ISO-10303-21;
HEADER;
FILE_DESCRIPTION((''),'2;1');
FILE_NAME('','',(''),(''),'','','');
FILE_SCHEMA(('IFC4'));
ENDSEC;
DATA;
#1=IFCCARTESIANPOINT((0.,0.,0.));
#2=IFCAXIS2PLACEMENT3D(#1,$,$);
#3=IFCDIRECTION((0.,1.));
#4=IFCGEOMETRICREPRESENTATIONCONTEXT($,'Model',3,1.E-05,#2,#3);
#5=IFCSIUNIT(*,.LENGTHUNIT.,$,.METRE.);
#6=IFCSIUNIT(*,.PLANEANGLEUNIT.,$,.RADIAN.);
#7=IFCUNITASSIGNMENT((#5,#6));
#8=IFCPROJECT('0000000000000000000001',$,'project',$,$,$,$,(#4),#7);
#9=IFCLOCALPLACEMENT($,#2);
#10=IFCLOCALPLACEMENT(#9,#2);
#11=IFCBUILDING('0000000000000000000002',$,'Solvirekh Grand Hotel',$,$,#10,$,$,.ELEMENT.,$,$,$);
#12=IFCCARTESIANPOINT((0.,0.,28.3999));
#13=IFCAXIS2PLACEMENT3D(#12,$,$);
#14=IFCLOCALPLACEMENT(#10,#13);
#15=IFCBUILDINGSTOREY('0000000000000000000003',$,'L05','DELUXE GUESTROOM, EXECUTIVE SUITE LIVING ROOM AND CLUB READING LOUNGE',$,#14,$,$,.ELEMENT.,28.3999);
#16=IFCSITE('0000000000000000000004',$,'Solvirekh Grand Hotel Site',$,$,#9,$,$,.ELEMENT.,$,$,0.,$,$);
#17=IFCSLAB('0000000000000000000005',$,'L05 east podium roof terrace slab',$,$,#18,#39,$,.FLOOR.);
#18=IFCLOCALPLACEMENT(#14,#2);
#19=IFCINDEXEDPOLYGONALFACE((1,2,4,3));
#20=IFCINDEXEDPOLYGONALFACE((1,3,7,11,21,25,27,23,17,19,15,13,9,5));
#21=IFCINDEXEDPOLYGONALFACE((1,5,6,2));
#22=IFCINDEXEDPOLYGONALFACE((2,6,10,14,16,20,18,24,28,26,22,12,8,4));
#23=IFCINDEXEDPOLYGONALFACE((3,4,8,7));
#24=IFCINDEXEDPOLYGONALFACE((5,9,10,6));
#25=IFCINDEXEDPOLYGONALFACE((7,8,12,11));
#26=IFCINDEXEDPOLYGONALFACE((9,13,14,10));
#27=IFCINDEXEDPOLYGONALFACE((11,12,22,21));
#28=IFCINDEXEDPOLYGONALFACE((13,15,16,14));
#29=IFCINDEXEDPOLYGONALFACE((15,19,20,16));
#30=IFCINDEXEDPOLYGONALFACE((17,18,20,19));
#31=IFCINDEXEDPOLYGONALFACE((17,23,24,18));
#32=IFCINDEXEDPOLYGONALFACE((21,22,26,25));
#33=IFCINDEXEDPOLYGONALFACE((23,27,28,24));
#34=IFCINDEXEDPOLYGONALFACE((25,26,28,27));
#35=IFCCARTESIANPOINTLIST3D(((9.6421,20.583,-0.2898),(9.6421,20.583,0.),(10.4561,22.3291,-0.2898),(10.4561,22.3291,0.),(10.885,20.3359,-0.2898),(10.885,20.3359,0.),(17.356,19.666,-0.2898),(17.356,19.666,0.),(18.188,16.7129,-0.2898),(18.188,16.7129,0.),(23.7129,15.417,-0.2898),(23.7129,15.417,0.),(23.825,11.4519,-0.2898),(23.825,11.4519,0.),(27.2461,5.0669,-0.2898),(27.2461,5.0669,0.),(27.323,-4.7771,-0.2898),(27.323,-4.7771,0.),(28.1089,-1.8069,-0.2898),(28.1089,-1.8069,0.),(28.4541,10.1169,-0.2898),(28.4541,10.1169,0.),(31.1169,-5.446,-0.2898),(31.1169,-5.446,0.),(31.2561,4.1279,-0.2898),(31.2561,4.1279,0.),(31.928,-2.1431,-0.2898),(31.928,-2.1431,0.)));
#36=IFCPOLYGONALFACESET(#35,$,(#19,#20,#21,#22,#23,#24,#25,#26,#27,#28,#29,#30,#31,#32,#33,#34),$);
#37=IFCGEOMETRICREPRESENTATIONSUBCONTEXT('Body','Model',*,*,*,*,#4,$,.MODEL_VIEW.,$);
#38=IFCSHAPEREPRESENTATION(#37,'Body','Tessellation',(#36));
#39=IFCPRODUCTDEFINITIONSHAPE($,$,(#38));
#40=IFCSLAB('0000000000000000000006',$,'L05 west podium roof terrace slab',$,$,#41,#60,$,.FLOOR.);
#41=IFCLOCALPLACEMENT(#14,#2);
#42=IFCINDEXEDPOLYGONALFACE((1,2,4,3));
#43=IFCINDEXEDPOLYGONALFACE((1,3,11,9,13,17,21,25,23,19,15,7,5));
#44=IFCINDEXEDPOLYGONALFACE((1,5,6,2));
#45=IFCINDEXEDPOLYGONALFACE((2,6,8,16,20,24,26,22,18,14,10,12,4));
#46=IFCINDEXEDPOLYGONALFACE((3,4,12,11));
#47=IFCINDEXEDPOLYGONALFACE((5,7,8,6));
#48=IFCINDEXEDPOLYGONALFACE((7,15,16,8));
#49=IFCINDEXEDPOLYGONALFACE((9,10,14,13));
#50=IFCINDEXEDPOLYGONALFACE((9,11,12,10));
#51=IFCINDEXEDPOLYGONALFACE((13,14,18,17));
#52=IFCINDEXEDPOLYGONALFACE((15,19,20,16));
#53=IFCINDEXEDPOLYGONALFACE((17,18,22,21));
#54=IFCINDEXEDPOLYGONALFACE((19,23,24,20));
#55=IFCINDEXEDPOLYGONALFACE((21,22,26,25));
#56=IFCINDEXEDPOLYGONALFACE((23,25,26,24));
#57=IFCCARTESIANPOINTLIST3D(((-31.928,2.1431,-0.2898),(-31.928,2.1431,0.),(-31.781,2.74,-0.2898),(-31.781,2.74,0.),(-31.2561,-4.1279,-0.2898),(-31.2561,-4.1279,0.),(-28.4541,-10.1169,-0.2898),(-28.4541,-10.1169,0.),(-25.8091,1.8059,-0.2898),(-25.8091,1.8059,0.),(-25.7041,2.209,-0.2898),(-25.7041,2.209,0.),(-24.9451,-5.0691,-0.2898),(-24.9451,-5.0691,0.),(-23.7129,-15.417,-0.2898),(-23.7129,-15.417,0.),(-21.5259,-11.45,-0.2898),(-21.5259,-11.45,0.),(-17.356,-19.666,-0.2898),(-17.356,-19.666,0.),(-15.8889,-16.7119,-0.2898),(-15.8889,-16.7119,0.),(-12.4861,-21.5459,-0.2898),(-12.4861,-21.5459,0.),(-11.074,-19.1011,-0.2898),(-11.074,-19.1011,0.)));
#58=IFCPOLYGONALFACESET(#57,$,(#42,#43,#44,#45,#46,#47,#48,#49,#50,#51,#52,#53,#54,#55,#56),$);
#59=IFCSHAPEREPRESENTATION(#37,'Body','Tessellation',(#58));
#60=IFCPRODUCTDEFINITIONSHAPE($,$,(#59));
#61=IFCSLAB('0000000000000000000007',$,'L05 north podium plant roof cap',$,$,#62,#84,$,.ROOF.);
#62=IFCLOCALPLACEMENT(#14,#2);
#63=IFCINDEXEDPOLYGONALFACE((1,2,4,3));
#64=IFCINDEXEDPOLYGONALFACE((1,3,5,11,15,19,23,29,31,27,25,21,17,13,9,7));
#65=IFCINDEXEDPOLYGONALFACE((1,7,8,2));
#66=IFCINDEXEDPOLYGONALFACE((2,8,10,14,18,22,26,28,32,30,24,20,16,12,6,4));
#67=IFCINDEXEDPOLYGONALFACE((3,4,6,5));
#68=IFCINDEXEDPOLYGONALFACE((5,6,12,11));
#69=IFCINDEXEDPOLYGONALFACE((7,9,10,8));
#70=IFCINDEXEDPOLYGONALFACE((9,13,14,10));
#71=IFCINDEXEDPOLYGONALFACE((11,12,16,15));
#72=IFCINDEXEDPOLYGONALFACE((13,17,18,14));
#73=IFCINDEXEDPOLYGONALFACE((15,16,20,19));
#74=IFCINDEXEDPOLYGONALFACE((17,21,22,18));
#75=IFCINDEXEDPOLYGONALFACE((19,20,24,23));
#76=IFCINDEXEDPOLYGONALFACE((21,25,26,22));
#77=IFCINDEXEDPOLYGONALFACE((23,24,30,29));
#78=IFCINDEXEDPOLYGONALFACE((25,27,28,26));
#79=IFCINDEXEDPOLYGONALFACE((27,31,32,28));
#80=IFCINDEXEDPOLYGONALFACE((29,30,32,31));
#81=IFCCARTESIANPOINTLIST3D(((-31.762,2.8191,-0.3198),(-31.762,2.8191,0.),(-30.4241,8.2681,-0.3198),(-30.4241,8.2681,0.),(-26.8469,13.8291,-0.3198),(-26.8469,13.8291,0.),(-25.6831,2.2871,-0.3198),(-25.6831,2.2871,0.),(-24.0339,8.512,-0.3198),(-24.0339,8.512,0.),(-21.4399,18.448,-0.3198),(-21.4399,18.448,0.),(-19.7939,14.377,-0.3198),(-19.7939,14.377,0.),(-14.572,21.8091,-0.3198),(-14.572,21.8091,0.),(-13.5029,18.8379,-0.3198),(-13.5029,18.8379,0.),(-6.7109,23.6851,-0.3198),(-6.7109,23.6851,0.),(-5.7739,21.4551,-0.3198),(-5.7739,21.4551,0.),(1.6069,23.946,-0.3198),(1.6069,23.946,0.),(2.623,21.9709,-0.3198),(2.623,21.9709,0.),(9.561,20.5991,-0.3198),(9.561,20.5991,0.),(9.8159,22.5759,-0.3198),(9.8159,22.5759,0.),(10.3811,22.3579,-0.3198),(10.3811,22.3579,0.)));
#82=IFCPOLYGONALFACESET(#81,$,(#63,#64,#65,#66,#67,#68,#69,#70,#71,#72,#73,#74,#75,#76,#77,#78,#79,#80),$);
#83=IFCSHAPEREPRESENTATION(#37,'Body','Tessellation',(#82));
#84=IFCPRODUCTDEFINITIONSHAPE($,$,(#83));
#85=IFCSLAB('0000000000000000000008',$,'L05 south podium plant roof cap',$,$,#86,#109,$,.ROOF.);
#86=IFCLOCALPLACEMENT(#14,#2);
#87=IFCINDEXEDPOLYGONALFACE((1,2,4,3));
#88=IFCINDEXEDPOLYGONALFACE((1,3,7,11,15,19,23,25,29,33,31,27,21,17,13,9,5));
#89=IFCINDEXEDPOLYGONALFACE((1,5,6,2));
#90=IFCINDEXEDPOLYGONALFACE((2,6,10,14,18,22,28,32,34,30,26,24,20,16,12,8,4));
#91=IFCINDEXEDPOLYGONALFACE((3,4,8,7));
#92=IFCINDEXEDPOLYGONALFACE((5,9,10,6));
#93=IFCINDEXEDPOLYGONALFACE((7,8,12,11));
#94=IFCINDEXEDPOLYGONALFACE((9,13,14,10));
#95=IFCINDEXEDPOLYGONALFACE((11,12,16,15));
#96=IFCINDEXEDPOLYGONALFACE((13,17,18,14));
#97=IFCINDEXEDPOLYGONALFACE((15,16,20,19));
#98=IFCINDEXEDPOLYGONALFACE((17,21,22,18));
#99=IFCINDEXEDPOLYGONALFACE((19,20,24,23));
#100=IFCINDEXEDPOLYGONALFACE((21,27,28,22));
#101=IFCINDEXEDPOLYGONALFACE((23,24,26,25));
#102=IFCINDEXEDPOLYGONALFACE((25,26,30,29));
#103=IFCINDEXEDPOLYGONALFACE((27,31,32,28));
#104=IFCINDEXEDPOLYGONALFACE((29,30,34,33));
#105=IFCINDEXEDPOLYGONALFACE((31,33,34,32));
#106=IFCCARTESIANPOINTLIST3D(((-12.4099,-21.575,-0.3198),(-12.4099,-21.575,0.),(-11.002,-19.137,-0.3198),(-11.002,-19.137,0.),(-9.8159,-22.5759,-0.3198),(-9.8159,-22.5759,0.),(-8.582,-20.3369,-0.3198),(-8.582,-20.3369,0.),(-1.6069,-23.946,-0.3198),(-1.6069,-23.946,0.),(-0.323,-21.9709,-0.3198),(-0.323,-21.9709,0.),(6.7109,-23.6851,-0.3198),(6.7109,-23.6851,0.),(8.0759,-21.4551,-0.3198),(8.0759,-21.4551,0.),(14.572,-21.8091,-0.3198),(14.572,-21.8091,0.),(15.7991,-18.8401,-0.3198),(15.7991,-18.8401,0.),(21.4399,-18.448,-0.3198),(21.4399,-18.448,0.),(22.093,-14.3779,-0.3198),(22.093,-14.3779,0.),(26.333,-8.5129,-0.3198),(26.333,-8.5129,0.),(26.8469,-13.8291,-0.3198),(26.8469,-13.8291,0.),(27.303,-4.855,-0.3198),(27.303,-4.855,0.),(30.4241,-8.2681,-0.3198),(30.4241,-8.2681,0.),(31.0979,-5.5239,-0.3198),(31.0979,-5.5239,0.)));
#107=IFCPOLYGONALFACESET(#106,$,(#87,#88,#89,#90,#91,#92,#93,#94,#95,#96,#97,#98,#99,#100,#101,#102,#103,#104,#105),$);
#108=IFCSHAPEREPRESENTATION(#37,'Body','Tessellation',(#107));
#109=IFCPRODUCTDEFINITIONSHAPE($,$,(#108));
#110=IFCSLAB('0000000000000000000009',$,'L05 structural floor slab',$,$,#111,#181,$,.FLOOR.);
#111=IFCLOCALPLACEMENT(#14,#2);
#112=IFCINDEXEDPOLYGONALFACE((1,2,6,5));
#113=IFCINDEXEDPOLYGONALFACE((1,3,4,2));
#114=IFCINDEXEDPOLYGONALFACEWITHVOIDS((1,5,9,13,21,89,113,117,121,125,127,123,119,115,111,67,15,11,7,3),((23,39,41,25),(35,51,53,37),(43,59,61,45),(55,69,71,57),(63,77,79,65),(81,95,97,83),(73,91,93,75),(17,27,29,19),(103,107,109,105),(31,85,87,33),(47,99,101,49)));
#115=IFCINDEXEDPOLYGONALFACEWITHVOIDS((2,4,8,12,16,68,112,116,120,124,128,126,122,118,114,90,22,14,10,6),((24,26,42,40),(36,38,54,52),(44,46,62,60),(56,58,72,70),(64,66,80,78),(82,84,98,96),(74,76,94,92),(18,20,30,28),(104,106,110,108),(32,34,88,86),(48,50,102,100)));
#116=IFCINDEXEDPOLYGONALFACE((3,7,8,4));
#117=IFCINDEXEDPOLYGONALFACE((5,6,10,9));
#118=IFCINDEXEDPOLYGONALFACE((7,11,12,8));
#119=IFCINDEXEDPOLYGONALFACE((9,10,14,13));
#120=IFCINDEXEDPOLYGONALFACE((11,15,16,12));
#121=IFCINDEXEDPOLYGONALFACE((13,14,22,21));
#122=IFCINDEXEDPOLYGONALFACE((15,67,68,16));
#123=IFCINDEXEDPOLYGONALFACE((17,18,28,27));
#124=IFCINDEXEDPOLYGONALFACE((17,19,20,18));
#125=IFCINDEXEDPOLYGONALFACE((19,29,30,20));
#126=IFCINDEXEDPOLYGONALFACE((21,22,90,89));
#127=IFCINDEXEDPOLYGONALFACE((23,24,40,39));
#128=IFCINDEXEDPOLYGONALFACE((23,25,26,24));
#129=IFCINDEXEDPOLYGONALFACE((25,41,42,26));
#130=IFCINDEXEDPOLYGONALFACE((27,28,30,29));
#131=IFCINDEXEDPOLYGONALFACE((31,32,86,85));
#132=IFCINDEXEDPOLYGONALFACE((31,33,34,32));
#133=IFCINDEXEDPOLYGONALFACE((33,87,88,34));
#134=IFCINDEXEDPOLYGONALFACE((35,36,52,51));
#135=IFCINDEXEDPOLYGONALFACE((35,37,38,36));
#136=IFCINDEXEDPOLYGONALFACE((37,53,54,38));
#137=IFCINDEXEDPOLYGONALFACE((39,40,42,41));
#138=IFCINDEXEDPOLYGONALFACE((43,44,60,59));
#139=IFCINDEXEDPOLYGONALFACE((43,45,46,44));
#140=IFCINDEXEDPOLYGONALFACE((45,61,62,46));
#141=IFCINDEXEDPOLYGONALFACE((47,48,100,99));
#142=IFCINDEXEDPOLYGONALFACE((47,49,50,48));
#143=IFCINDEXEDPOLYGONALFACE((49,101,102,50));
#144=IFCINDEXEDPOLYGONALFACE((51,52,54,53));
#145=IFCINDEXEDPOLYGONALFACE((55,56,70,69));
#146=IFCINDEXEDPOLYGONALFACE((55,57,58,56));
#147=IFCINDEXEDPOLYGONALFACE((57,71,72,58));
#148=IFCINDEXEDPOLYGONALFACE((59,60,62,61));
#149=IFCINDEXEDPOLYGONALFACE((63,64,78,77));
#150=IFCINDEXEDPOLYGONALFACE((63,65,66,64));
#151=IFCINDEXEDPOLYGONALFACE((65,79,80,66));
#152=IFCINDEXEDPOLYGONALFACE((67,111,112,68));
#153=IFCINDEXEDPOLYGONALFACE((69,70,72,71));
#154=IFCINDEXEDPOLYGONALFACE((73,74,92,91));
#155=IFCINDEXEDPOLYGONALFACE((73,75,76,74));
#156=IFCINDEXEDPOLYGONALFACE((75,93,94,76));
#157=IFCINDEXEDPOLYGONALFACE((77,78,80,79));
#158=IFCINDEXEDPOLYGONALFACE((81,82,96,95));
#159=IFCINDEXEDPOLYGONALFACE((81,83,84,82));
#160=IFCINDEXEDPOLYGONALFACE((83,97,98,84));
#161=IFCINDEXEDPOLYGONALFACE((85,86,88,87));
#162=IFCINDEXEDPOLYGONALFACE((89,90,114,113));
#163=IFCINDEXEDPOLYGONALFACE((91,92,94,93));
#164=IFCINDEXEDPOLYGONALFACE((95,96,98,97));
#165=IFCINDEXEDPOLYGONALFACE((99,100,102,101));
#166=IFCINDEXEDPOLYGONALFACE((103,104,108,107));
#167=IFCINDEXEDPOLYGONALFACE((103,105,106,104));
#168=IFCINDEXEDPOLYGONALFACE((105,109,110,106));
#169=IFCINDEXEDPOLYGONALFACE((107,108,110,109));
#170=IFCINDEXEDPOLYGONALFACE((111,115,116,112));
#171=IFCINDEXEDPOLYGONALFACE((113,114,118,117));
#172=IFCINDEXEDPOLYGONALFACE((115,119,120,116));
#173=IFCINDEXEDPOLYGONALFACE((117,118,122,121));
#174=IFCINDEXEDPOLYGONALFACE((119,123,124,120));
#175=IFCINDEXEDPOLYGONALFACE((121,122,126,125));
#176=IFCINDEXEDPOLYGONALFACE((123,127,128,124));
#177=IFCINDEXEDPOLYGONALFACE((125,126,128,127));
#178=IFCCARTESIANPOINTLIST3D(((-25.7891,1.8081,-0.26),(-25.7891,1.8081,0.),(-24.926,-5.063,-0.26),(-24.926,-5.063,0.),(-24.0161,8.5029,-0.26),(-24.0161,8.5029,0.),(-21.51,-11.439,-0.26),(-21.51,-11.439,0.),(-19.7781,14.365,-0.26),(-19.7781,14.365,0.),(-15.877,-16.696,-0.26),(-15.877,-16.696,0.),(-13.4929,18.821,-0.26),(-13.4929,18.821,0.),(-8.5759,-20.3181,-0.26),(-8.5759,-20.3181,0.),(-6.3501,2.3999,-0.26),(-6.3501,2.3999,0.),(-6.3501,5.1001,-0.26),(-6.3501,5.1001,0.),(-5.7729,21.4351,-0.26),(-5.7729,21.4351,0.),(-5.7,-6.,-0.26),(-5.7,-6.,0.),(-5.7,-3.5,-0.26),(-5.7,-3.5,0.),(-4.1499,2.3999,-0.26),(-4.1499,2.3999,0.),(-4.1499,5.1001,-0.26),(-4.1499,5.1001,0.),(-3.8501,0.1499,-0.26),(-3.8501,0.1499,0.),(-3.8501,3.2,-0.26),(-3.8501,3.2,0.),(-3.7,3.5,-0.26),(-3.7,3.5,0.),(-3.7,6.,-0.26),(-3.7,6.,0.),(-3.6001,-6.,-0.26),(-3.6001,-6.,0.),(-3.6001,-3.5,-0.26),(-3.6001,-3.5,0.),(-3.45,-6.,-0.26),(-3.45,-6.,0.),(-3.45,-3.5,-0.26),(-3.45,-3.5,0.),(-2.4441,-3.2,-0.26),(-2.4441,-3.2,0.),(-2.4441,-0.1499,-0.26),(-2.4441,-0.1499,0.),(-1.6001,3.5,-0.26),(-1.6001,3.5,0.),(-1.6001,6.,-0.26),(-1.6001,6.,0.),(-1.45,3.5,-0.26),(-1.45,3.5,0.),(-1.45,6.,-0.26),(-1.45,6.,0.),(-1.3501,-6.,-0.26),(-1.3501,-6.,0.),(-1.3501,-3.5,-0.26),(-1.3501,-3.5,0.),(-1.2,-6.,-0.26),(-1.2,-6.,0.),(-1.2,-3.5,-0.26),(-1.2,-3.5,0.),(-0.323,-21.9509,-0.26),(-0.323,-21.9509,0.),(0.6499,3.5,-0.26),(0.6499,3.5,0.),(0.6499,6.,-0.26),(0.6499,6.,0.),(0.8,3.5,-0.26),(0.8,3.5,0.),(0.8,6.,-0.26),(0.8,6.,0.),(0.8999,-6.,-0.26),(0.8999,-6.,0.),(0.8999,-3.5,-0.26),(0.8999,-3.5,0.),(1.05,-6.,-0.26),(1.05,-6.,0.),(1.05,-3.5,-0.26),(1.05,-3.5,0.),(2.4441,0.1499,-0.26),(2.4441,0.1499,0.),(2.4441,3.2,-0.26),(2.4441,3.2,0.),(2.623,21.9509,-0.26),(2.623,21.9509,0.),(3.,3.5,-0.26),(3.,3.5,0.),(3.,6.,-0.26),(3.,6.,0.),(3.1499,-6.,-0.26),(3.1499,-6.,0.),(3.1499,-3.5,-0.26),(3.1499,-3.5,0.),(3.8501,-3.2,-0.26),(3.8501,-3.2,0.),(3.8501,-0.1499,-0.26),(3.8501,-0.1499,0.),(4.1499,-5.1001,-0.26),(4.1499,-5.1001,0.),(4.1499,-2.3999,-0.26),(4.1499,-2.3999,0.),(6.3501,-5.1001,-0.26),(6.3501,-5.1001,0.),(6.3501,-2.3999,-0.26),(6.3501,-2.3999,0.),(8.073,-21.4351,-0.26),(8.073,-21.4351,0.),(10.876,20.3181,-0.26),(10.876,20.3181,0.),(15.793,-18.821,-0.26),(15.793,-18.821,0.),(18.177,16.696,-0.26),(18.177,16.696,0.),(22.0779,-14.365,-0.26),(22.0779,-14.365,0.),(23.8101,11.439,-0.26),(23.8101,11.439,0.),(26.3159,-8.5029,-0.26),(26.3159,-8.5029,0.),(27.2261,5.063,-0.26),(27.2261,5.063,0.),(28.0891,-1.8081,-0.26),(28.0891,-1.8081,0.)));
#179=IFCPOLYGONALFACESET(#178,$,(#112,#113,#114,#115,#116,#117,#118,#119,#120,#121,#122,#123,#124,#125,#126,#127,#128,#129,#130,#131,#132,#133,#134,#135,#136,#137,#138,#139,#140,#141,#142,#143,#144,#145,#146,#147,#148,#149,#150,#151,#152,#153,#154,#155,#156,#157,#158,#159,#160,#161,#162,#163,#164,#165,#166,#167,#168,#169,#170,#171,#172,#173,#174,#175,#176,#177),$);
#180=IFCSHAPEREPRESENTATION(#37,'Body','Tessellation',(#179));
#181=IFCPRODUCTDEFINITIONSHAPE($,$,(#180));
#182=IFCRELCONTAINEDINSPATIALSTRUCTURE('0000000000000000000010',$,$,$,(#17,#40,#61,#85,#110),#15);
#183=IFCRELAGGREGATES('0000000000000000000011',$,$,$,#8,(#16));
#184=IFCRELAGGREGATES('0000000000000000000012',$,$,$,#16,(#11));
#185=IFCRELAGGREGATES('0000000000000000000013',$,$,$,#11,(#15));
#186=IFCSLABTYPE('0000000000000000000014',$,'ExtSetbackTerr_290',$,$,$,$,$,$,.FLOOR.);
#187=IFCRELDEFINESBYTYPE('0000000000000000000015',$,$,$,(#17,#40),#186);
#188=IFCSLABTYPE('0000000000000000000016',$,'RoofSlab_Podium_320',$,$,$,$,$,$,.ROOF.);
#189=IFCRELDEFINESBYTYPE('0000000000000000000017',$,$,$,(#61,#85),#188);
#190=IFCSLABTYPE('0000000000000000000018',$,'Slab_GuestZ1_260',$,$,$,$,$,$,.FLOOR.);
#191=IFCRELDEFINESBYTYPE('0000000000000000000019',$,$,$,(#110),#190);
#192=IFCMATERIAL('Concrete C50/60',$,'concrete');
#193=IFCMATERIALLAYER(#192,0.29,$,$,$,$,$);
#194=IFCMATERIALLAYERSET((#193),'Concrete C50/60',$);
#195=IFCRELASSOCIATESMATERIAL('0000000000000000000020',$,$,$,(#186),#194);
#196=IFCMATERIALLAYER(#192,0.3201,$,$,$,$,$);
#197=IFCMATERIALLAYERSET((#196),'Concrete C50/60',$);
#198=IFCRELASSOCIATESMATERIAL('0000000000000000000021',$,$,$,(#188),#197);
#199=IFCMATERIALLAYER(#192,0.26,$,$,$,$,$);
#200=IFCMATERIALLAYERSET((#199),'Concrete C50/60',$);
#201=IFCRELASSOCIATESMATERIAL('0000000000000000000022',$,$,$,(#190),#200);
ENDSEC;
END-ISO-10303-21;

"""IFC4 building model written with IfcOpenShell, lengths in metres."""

from ifc_helpers import new_model, si_unit, direction, frame, origin, place, context, subcontext, project, spatial, polyline, outline, extrude, material, layer, layer_set, type_object, element, save


model = new_model("IFC4")

# Units and contexts
model_context = context("Model", 3, precision=1e-05, world=origin(), true_north=direction((0.0, 1.0)))
body_context = subcontext(model_context, "Body", "Model", "MODEL_VIEW")
ifc_project = project(units=[si_unit("LENGTHUNIT", "METRE"), si_unit("PLANEANGLEUNIT", "RADIAN")], contexts=[model_context])

# Site, building, storey
site_placement = place(None, origin())
site = spatial("IfcSite", under=ifc_project, at=site_placement, Name="Solvirekh Grand Hotel Site", CompositionType="ELEMENT", RefElevation=0.0)
building_placement = place(site_placement, origin())
building = spatial("IfcBuilding", under=site, at=building_placement, Name="Solvirekh Grand Hotel", CompositionType="ELEMENT")
storey_placement = place(building_placement, frame((0.0, 0.0, 28.3999)))
storey = spatial("IfcBuildingStorey", under=building, at=storey_placement, Name="L05", Description="DELUXE GUESTROOM, EXECUTIVE SUITE LIVING ROOM AND CLUB READING LOUNGE", CompositionType="ELEMENT", Elevation=28.3999)

# Slabs
ifc_material_1 = material(Name="Concrete C50/60", Category="concrete")
ifc_layer_1 = layer(ifc_material_1, 0.29)
ifc_layer_set_1 = layer_set([ifc_layer_1], Name="Concrete C50/60")
slab_type_1 = type_object("IfcSlabType", Name="ExtSetbackTerr_290", PredefinedType="FLOOR", material=ifc_layer_set_1)
slab_1_placement = place(storey_placement, frame((0.0, 0.0, -0.2898)))
element("IfcSlab", 1, at=slab_1_placement, inside=storey, type_object=slab_type_1, Name="L05 east podium roof terrace slab", PredefinedType="FLOOR", context=body_context, shape_type="SweptSolid", body=[
    extrude(outline(polyline([(10.4561, 22.3291), (9.6421, 20.583), (10.885, 20.3359), (18.188, 16.7129), (23.825, 11.4519), (27.2461, 5.0669), (28.1089, -1.8069), (27.323, -4.7771), (31.1169, -5.446), (31.928, -2.1431), (31.2561, 4.1279), (28.4541, 10.1169), (23.7129, 15.417), (17.356, 19.666), (10.4561, 22.3291)])), origin(), (0.0, 0.0, 1.0), 0.2898),
])
slab_2_placement = place(storey_placement, frame((0.0, 0.0, -0.2898)))
element("IfcSlab", 2, at=slab_2_placement, inside=storey, type_object=slab_type_1, Name="L05 west podium roof terrace slab", PredefinedType="FLOOR", context=body_context, shape_type="SweptSolid", body=[
    extrude(outline(polyline([(-12.4861, -21.5459), (-11.074, -19.1011), (-15.8889, -16.7119), (-21.5259, -11.45), (-24.9451, -5.0691), (-25.8091, 1.8059), (-25.7041, 2.209), (-31.781, 2.74), (-31.928, 2.1431), (-31.2561, -4.1279), (-28.4541, -10.1169), (-23.7129, -15.417), (-17.356, -19.666), (-12.4861, -21.5459)])), origin(), (0.0, 0.0, 1.0), 0.2898),
])
ifc_layer_2 = layer(ifc_material_1, 0.3201)
ifc_layer_set_2 = layer_set([ifc_layer_2], Name="Concrete C50/60")
slab_type_2 = type_object("IfcSlabType", Name="RoofSlab_Podium_320", PredefinedType="ROOF", material=ifc_layer_set_2)
slab_3_placement = place(storey_placement, frame((0.0, 0.0, -0.3198)))
element("IfcSlab", 3, at=slab_3_placement, inside=storey, type_object=slab_type_2, Name="L05 north podium plant roof cap", PredefinedType="ROOF", context=body_context, shape_type="SweptSolid", body=[
    extrude(outline(polyline([(-31.762, 2.8191), (-25.6831, 2.2871), (-24.0339, 8.512), (-19.7939, 14.377), (-13.5029, 18.8379), (-5.7739, 21.4551), (2.623, 21.9709), (9.561, 20.5991), (10.3811, 22.3579), (9.8159, 22.5759), (1.6069, 23.946), (-6.7109, 23.6851), (-14.572, 21.8091), (-21.4399, 18.448), (-26.8469, 13.8291), (-30.4241, 8.2681), (-31.762, 2.8191)])), origin(), (0.0, 0.0, 1.0), 0.3198),
])
slab_4_placement = place(storey_placement, frame((0.0, 0.0, -0.3198)))
element("IfcSlab", 4, at=slab_4_placement, inside=storey, type_object=slab_type_2, Name="L05 south podium plant roof cap", PredefinedType="ROOF", context=body_context, shape_type="SweptSolid", body=[
    extrude(outline(polyline([(30.4241, -8.2681), (31.0979, -5.5239), (27.303, -4.855), (26.333, -8.5129), (22.093, -14.3779), (15.7991, -18.8401), (8.0759, -21.4551), (-0.323, -21.9709), (-8.582, -20.3369), (-11.002, -19.137), (-12.4099, -21.575), (-9.8159, -22.5759), (-1.6069, -23.946), (6.7109, -23.6851), (14.572, -21.8091), (21.4399, -18.448), (26.8469, -13.8291), (30.4241, -8.2681)])), origin(), (0.0, 0.0, 1.0), 0.3198),
])
ifc_layer_3 = layer(ifc_material_1, 0.26)
ifc_layer_set_3 = layer_set([ifc_layer_3], Name="Concrete C50/60")
slab_type_3 = type_object("IfcSlabType", Name="Slab_GuestZ1_260", PredefinedType="FLOOR", material=ifc_layer_set_3)
slab_5_placement = place(storey_placement, frame((0.0, 0.0, -0.26)))
element("IfcSlab", 5, at=slab_5_placement, inside=storey, type_object=slab_type_3, Name="L05 structural floor slab", PredefinedType="FLOOR", context=body_context, shape_type="SweptSolid", body=[
    extrude(outline(polyline([(28.0891, -1.8081), (27.2261, 5.063), (23.8101, 11.439), (18.177, 16.696), (10.876, 20.3181), (2.623, 21.9509), (-5.7729, 21.4351), (-13.4929, 18.821), (-19.7781, 14.365), (-24.0161, 8.5029), (-25.7891, 1.8081), (-24.926, -5.063), (-21.51, -11.439), (-15.877, -16.696), (-8.5759, -20.3181), (-0.323, -21.9509), (8.073, -21.4351), (15.793, -18.821), (22.0779, -14.365), (26.3159, -8.5029), (28.0891, -1.8081)]), holes=[polyline([(-2.4441, -0.1499), (3.8501, -0.1499), (3.8501, -3.2), (-2.4441, -3.2), (-2.4441, -0.1499)]), polyline([(2.4441, 0.1499), (-3.8501, 0.1499), (-3.8501, 3.2), (2.4441, 3.2), (2.4441, 0.1499)]), polyline([(-5.7, -3.5), (-3.6001, -3.5), (-3.6001, -6.0), (-5.7, -6.0), (-5.7, -3.5)]), polyline([(-3.45, -3.5), (-1.3501, -3.5), (-1.3501, -6.0), (-3.45, -6.0), (-3.45, -3.5)]), polyline([(-1.2, -3.5), (0.8999, -3.5), (0.8999, -6.0), (-1.2, -6.0), (-1.2, -3.5)]), polyline([(1.05, -3.5), (3.1499, -3.5), (3.1499, -6.0), (1.05, -6.0), (1.05, -3.5)]), polyline([(-3.7, 6.0), (-1.6001, 6.0), (-1.6001, 3.5), (-3.7, 3.5), (-3.7, 6.0)]), polyline([(-1.45, 6.0), (0.6499, 6.0), (0.6499, 3.5), (-1.45, 3.5), (-1.45, 6.0)]), polyline([(0.8, 6.0), (3.0, 6.0), (3.0, 3.5), (0.8, 3.5), (0.8, 6.0)]), polyline([(-6.3501, 5.1001), (-4.1499, 5.1001), (-4.1499, 2.3999), (-6.3501, 2.3999), (-6.3501, 5.1001)]), polyline([(4.1499, -2.3999), (6.3501, -2.3999), (6.3501, -5.1001), (4.1499, -5.1001), (4.1499, -2.3999)])]), origin(), (0.0, 0.0, 1.0), 0.26),
])

save(model, "model.ifc")
